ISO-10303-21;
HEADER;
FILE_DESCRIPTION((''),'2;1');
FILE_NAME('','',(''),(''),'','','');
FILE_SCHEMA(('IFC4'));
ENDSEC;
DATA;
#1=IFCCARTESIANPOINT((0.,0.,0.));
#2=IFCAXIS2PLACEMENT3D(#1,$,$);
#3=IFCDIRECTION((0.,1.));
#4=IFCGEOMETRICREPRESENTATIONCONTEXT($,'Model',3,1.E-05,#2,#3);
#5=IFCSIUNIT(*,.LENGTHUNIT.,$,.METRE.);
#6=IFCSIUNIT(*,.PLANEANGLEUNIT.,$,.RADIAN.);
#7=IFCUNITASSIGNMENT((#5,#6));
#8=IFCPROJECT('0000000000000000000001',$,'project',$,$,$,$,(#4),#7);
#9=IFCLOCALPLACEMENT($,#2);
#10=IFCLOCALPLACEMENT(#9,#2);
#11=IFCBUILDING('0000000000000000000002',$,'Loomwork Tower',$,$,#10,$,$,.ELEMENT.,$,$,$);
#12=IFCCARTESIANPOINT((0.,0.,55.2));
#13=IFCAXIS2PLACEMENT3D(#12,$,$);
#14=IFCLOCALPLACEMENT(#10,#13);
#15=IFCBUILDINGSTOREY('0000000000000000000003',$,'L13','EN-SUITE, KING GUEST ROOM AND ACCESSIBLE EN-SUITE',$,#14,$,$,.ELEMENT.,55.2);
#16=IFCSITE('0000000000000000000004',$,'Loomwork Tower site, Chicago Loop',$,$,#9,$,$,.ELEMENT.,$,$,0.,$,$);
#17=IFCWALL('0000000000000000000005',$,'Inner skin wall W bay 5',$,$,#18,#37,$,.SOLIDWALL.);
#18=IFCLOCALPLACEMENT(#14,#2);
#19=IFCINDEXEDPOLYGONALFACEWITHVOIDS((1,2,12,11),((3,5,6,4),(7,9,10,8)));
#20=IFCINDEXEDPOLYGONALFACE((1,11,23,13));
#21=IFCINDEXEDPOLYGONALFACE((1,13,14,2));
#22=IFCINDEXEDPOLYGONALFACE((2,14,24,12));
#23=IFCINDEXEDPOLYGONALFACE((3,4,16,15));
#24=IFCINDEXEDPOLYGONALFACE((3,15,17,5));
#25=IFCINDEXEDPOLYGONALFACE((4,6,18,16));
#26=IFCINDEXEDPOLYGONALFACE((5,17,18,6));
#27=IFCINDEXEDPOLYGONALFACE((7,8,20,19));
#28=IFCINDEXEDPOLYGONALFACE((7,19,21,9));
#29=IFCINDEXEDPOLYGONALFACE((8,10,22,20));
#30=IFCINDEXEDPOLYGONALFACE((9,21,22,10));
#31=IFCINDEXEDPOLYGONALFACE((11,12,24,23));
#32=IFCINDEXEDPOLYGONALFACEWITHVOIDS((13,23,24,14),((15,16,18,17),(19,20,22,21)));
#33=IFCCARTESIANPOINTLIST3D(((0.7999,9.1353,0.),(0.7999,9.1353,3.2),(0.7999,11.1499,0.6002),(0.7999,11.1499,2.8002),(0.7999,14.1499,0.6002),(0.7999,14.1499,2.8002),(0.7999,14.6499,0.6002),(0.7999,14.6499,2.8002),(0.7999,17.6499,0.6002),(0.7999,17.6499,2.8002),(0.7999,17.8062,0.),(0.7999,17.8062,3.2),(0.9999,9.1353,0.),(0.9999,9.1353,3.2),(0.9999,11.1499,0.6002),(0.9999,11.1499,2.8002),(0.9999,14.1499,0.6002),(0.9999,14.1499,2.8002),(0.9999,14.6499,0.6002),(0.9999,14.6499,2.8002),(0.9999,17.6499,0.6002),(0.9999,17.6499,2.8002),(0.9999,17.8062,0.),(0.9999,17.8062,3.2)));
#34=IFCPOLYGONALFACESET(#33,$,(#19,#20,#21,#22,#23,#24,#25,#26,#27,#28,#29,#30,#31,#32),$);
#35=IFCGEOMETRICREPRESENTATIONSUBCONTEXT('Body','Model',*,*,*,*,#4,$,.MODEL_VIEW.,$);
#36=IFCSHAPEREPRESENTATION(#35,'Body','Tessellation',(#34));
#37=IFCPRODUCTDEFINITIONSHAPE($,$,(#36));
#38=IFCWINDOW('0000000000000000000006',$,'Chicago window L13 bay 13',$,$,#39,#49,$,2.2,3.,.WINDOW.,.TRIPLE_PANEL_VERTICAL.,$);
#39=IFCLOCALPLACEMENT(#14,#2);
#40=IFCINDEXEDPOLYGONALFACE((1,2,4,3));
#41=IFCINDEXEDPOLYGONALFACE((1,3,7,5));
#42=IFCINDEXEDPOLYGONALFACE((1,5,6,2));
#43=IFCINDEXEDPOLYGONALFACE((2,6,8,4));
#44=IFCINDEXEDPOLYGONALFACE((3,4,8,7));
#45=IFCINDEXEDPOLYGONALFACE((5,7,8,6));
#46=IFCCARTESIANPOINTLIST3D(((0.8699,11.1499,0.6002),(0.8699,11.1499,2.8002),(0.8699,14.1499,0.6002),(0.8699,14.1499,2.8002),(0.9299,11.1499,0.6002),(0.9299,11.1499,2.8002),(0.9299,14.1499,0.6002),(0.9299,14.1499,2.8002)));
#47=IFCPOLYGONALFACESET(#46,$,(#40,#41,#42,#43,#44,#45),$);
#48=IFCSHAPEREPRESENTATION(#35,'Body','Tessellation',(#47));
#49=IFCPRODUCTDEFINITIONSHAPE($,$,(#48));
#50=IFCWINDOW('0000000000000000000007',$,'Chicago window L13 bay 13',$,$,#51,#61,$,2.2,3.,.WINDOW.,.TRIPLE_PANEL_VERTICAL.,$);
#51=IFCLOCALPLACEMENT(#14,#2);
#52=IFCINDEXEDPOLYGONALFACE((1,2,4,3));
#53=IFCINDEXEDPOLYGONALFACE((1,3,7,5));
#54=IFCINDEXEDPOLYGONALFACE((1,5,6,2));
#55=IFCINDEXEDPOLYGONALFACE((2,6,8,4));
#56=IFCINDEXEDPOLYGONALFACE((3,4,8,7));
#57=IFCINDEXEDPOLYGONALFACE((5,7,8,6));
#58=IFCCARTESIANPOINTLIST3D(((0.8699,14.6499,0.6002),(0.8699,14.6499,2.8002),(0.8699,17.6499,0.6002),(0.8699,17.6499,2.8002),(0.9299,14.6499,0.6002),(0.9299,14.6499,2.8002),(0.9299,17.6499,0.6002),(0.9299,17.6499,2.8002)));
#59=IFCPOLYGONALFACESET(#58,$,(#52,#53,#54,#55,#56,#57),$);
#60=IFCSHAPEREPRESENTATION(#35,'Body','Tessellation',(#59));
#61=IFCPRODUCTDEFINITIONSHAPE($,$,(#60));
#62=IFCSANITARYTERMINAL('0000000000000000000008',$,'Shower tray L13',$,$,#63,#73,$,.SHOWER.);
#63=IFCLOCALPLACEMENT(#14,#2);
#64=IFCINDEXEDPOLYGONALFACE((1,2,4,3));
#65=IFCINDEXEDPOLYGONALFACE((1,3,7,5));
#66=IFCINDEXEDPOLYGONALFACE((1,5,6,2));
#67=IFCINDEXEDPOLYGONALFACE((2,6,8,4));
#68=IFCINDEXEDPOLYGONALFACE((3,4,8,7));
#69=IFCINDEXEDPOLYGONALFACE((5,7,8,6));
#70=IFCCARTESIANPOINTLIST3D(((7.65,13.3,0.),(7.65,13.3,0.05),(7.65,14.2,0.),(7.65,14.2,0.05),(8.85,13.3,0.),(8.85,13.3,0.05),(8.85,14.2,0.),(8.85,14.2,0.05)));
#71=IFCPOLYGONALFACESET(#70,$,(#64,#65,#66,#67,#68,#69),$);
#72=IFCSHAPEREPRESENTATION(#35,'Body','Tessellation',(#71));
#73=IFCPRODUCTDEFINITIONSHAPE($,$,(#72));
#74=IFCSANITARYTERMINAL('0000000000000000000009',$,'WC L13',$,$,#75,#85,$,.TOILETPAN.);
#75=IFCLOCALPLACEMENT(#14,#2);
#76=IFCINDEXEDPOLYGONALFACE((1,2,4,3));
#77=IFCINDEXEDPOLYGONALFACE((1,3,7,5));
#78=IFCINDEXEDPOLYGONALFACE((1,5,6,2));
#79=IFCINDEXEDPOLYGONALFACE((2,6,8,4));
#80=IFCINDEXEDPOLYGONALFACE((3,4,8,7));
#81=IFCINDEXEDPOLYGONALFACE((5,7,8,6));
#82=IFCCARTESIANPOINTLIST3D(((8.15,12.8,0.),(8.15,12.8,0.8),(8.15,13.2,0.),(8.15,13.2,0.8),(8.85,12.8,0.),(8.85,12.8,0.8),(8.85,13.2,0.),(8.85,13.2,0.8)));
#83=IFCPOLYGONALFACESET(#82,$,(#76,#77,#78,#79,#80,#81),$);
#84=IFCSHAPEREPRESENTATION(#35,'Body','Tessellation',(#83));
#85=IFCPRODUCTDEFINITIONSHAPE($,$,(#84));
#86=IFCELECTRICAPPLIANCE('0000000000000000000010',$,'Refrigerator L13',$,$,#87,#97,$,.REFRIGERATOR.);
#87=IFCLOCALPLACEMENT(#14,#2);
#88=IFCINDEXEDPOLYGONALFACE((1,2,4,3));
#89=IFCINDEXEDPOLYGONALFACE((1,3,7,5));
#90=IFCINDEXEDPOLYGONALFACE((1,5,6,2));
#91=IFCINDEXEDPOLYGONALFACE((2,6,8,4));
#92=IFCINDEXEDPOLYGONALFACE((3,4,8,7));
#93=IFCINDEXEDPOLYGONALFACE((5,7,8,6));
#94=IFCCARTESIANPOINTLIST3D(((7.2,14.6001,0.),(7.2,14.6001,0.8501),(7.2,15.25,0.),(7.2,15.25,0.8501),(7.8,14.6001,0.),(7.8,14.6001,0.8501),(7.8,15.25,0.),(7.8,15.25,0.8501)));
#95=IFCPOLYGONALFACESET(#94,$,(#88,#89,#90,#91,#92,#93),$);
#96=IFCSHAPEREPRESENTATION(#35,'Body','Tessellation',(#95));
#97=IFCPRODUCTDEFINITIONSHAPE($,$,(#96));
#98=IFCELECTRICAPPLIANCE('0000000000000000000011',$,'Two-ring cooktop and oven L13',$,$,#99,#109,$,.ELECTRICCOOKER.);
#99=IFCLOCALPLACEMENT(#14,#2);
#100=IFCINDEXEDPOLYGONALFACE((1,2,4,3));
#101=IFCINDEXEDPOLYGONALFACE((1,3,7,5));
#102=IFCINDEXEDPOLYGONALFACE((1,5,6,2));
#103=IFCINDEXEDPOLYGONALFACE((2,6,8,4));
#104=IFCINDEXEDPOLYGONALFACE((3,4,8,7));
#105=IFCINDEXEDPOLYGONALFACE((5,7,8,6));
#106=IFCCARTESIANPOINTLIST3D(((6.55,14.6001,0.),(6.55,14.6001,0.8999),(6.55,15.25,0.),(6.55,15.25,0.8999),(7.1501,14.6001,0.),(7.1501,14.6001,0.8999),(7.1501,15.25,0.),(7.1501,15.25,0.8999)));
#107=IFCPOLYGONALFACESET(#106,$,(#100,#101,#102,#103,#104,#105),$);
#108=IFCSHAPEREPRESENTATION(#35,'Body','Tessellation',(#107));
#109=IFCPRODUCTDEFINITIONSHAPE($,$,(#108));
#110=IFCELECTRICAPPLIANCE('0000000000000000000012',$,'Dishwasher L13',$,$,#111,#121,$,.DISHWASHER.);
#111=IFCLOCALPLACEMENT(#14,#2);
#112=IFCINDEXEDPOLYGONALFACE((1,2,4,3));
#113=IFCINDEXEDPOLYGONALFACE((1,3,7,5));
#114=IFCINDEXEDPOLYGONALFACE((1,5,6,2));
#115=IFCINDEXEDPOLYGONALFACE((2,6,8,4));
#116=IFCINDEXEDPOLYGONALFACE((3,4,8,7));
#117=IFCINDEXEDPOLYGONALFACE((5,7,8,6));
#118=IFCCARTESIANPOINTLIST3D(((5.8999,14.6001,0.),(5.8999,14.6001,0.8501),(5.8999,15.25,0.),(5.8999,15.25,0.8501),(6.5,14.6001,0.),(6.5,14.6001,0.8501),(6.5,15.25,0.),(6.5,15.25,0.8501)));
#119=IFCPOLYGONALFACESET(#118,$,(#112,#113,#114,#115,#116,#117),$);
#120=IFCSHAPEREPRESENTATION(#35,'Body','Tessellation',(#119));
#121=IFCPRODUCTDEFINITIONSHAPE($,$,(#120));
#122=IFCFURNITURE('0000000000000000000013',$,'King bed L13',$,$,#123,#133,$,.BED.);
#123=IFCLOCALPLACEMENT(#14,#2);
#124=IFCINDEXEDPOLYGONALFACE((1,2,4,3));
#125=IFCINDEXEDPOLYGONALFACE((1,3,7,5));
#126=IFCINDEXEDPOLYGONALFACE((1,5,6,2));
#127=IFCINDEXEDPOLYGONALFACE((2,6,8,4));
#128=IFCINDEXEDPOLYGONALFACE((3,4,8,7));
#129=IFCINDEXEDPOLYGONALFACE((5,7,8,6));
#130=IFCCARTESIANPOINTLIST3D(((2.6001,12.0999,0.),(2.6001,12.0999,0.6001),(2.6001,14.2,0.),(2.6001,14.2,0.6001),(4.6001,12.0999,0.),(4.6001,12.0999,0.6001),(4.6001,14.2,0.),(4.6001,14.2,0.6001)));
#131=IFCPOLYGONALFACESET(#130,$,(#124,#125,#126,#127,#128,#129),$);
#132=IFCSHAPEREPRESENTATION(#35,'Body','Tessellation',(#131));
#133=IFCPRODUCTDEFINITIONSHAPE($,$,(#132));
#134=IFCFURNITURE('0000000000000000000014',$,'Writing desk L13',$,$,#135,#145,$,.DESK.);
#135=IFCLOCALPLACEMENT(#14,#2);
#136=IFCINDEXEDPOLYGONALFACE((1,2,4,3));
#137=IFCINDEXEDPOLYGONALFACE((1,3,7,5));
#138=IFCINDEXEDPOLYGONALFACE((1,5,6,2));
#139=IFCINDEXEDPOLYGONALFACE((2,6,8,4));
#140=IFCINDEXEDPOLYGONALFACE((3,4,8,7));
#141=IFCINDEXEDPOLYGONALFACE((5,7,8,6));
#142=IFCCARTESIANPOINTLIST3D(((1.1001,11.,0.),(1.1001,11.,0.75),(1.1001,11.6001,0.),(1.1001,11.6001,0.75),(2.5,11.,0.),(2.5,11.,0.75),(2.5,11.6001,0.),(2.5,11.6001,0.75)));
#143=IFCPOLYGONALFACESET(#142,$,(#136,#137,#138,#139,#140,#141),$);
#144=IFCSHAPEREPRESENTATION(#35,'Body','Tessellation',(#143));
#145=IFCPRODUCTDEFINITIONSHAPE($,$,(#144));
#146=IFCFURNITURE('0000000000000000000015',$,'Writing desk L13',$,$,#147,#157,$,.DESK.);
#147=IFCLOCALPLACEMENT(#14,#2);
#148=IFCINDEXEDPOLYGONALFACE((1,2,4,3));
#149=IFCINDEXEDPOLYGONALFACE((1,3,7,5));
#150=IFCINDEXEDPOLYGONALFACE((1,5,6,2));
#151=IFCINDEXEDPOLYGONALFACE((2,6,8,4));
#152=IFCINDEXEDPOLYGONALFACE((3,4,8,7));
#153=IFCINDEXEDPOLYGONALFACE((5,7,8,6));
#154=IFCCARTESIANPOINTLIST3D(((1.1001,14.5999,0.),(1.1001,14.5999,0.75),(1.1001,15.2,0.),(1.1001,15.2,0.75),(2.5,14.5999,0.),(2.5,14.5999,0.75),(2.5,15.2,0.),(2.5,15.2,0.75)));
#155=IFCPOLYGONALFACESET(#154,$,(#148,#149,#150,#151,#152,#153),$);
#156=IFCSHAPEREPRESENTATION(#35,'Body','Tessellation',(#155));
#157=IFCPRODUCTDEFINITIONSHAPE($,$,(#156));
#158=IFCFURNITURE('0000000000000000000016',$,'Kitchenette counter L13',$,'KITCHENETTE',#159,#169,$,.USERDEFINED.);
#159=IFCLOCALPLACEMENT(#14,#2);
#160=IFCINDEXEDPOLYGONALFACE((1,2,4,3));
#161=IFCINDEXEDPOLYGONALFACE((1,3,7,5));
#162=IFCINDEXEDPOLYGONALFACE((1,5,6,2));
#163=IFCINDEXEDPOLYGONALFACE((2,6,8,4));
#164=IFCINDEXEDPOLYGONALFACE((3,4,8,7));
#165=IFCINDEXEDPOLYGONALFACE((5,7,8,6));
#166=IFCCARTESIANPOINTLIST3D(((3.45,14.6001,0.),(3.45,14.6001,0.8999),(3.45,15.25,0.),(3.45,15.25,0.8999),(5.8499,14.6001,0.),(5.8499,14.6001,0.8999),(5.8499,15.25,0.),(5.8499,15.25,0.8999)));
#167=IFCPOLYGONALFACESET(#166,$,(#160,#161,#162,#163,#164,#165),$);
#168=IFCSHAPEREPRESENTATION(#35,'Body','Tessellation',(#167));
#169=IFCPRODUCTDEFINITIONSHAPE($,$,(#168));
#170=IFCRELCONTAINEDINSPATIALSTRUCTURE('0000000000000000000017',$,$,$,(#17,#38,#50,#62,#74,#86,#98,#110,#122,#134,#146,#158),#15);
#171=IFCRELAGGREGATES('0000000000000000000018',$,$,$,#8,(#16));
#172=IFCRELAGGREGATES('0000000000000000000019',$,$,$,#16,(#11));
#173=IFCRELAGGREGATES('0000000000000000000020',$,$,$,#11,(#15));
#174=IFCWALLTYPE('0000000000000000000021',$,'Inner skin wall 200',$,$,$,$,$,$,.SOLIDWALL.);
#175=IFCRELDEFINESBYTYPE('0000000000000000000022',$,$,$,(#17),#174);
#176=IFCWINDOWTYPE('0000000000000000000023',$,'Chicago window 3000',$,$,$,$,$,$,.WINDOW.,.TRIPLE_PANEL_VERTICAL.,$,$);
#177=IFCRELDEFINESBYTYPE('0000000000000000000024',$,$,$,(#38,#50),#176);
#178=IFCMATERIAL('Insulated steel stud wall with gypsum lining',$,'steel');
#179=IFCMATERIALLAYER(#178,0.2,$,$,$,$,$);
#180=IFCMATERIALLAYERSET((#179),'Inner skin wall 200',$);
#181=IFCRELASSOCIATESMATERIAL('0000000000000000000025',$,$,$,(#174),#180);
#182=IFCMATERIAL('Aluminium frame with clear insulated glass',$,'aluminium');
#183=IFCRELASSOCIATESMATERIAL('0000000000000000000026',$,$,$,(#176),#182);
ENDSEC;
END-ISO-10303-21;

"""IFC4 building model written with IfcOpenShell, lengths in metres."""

from ifc_helpers import new_model, si_unit, direction, frame, frame_2d, origin, origin_2d, place, context, subcontext, project, spatial, rectangle, extrude, material, layer, layer_set, type_object, element, fill, save


model = new_model("IFC4")

# Units and contexts
model_context = context("Model", 3, precision=1e-05, world=origin(), true_north=direction((0.0, 1.0)))
body_context = subcontext(model_context, "Body", "Model", "MODEL_VIEW")
ifc_project = project(units=[si_unit("LENGTHUNIT", "METRE"), si_unit("PLANEANGLEUNIT", "RADIAN")], contexts=[model_context])

# Site, building, storey
site_placement = place(None, origin())
site = spatial("IfcSite", under=ifc_project, at=site_placement, Name="Loomwork Tower site, Chicago Loop", CompositionType="ELEMENT", RefElevation=0.0)
building_placement = place(site_placement, origin())
building = spatial("IfcBuilding", under=site, at=building_placement, Name="Loomwork Tower", CompositionType="ELEMENT")
storey_placement = place(building_placement, frame((0.0, 0.0, 55.2)))
storey = spatial("IfcBuildingStorey", under=building, at=storey_placement, Name="L13", Description="EN-SUITE, KING GUEST ROOM AND ACCESSIBLE EN-SUITE", CompositionType="ELEMENT", Elevation=55.2)

# Wall, openings, windows
ifc_material_1 = material(Name="Insulated steel stud wall with gypsum lining", Category="steel")
ifc_layer_1 = layer(ifc_material_1, 0.2)
ifc_layer_set_1 = layer_set([ifc_layer_1], Name="Inner skin wall 200")
wall_type_1 = type_object("IfcWallType", Name="Inner skin wall 200", PredefinedType="SOLIDWALL", material=ifc_layer_set_1)
wall_1_placement = place(storey_placement, frame((0.8999, 9.1353, 0.0), z_axis=(0.0, 0.0, 1.0), x_axis=(0.0, 1.0, 0.0)))
wall_1 = element("IfcWall", 1, at=wall_1_placement, inside=storey, type_object=wall_type_1, Name="Inner skin wall W bay 5", PredefinedType="SOLIDWALL", context=body_context, shape_type="SweptSolid", body=[
    extrude(rectangle(XDim=8.6709, YDim=0.2, at=frame_2d((4.3354, 0.0))), origin(), (0.0, 0.0, 1.0), 3.2),
])
opening_1_placement = place(wall_1_placement, frame((2.0146, 0.0, 0.6001)))
opening_1 = element("IfcOpeningElement", 2, at=opening_1_placement, cuts=wall_1, PredefinedType="OPENING", context=body_context, shape_type="SweptSolid", body=[
    extrude(rectangle(XDim=3.0, YDim=2.2, at=frame_2d((1.5, 1.1001))), frame((0.0, 0.1099, 0.0), z_axis=(0.0, -1.0, 0.0), x_axis=(1.0, 0.0, 0.0)), (0.0, 0.0, 1.0), 0.22),
])
opening_2_placement = place(wall_1_placement, frame((5.5146, 0.0, 0.6001)))
opening_2 = element("IfcOpeningElement", 3, at=opening_2_placement, cuts=wall_1, PredefinedType="OPENING", context=body_context, shape_type="SweptSolid", body=[
    extrude(rectangle(XDim=3.0, YDim=2.2, at=frame_2d((1.5, 1.1001))), frame((0.0, 0.1099, 0.0), z_axis=(0.0, -1.0, 0.0), x_axis=(1.0, 0.0, 0.0)), (0.0, 0.0, 1.0), 0.22),
])
ifc_material_2 = material(Name="Aluminium frame with clear insulated glass", Category="aluminium")
window_type = type_object("IfcWindowType", Name="Chicago window 3000", PartitioningType="TRIPLE_PANEL_VERTICAL", PredefinedType="WINDOW", material=ifc_material_2)
window_1_placement = place(opening_1_placement, origin())
window_1 = element("IfcWindow", 4, at=window_1_placement, inside=storey, type_object=window_type, Name="Chicago window L13 bay 13", OverallHeight=2.2, OverallWidth=3.0, PartitioningType="TRIPLE_PANEL_VERTICAL", PredefinedType="WINDOW", context=body_context, shape_type="SweptSolid", body=[
    extrude(rectangle(XDim=3.0, YDim=2.2, at=frame_2d((1.5, 1.1001))), frame((0.0, 0.03, 0.0), z_axis=(0.0, -1.0, 0.0), x_axis=(1.0, 0.0, 0.0)), (0.0, 0.0, 1.0), 0.0601),
])
fill(opening_1, window_1)
window_2_placement = place(opening_2_placement, origin())
window_2 = element("IfcWindow", 5, at=window_2_placement, inside=storey, type_object=window_type, Name="Chicago window L13 bay 13", OverallHeight=2.2, OverallWidth=3.0, PartitioningType="TRIPLE_PANEL_VERTICAL", PredefinedType="WINDOW", context=body_context, shape_type="SweptSolid", body=[
    extrude(rectangle(XDim=3.0, YDim=2.2, at=frame_2d((1.5, 1.1001))), frame((0.0, 0.03, 0.0), z_axis=(0.0, -1.0, 0.0), x_axis=(1.0, 0.0, 0.0)), (0.0, 0.0, 1.0), 0.0601),
])
fill(opening_2, window_2)

# Sanitary terminals
sanitary_terminal_1_placement = place(storey_placement, frame((8.25, 13.75, 0.0), z_axis=(0.0, 0.0, 1.0), x_axis=(1.0, 0.0, 0.0)))
element("IfcSanitaryTerminal", 6, at=sanitary_terminal_1_placement, inside=storey, Name="Shower tray L13", PredefinedType="SHOWER", context=body_context, shape_type="SweptSolid", body=[
    extrude(rectangle(XDim=1.2, YDim=0.8999, at=origin_2d()), origin(), (0.0, 0.0, 1.0), 0.05),
])
sanitary_terminal_2_placement = place(storey_placement, frame((8.5, 13.0, 0.0), z_axis=(0.0, 0.0, 1.0), x_axis=(1.0, 0.0, 0.0)))
element("IfcSanitaryTerminal", 7, at=sanitary_terminal_2_placement, inside=storey, Name="WC L13", PredefinedType="TOILETPAN", context=body_context, shape_type="SweptSolid", body=[
    extrude(rectangle(XDim=0.7, YDim=0.3999, at=origin_2d()), origin(), (0.0, 0.0, 1.0), 0.8),
])

# Electric appliances
electric_appliance_1_placement = place(storey_placement, frame((7.5, 14.925, 0.0), z_axis=(0.0, 0.0, 1.0), x_axis=(1.0, 0.0, 0.0)))
element("IfcElectricAppliance", 8, at=electric_appliance_1_placement, inside=storey, Name="Refrigerator L13", PredefinedType="REFRIGERATOR", context=body_context, shape_type="SweptSolid", body=[
    extrude(rectangle(XDim=0.6001, YDim=0.6499, at=origin_2d()), origin(), (0.0, 0.0, 1.0), 0.8501),
])
electric_appliance_2_placement = place(storey_placement, frame((6.8501, 14.925, 0.0), z_axis=(0.0, 0.0, 1.0), x_axis=(1.0, 0.0, 0.0)))
element("IfcElectricAppliance", 9, at=electric_appliance_2_placement, inside=storey, Name="Two-ring cooktop and oven L13", PredefinedType="ELECTRICCOOKER", context=body_context, shape_type="SweptSolid", body=[
    extrude(rectangle(XDim=0.6001, YDim=0.6499, at=origin_2d()), origin(), (0.0, 0.0, 1.0), 0.8999),
])
electric_appliance_3_placement = place(storey_placement, frame((6.2, 14.925, 0.0), z_axis=(0.0, 0.0, 1.0), x_axis=(1.0, 0.0, 0.0)))
element("IfcElectricAppliance", 10, at=electric_appliance_3_placement, inside=storey, Name="Dishwasher L13", PredefinedType="DISHWASHER", context=body_context, shape_type="SweptSolid", body=[
    extrude(rectangle(XDim=0.6001, YDim=0.6499, at=origin_2d()), origin(), (0.0, 0.0, 1.0), 0.8501),
])

# Furniture
furniture_1_placement = place(storey_placement, frame((3.6001, 13.1499, 0.0), z_axis=(0.0, 0.0, 1.0), x_axis=(1.0, 0.0, 0.0)))
element("IfcFurniture", 11, at=furniture_1_placement, inside=storey, Name="King bed L13", PredefinedType="BED", context=body_context, shape_type="SweptSolid", body=[
    extrude(rectangle(XDim=2.0, YDim=2.1001, at=origin_2d()), origin(), (0.0, 0.0, 1.0), 0.6001),
])
for number, where, z_axis, x_axis, name in (
    (12, (1.8, 11.3, 0.0), (0.0, 0.0, 1.0), (1.0, 0.0, 0.0), "Writing desk L13"),
    (13, (1.8, 14.8999, 0.0), (0.0, 0.0, 1.0), (1.0, 0.0, 0.0), "Writing desk L13"),
):
    element("IfcFurniture", number, at=place(storey_placement, frame(where, z_axis=z_axis, x_axis=x_axis)), inside=storey, Name=name, PredefinedType="DESK", context=body_context, shape_type="SweptSolid", body=[
        extrude(rectangle(XDim=1.3999, YDim=0.6001, at=origin_2d()), origin(), (0.0, 0.0, 1.0), 0.75),
    ])
furniture_2_placement = place(storey_placement, frame((4.6499, 14.925, 0.0), z_axis=(0.0, 0.0, 1.0), x_axis=(1.0, 0.0, 0.0)))
element("IfcFurniture", 14, at=furniture_2_placement, inside=storey, Name="Kitchenette counter L13", ObjectType="KITCHENETTE", PredefinedType="USERDEFINED", context=body_context, shape_type="SweptSolid", body=[
    extrude(rectangle(XDim=2.3999, YDim=0.6499, at=origin_2d()), origin(), (0.0, 0.0, 1.0), 0.8999),
])

save(model, "model.ifc")
